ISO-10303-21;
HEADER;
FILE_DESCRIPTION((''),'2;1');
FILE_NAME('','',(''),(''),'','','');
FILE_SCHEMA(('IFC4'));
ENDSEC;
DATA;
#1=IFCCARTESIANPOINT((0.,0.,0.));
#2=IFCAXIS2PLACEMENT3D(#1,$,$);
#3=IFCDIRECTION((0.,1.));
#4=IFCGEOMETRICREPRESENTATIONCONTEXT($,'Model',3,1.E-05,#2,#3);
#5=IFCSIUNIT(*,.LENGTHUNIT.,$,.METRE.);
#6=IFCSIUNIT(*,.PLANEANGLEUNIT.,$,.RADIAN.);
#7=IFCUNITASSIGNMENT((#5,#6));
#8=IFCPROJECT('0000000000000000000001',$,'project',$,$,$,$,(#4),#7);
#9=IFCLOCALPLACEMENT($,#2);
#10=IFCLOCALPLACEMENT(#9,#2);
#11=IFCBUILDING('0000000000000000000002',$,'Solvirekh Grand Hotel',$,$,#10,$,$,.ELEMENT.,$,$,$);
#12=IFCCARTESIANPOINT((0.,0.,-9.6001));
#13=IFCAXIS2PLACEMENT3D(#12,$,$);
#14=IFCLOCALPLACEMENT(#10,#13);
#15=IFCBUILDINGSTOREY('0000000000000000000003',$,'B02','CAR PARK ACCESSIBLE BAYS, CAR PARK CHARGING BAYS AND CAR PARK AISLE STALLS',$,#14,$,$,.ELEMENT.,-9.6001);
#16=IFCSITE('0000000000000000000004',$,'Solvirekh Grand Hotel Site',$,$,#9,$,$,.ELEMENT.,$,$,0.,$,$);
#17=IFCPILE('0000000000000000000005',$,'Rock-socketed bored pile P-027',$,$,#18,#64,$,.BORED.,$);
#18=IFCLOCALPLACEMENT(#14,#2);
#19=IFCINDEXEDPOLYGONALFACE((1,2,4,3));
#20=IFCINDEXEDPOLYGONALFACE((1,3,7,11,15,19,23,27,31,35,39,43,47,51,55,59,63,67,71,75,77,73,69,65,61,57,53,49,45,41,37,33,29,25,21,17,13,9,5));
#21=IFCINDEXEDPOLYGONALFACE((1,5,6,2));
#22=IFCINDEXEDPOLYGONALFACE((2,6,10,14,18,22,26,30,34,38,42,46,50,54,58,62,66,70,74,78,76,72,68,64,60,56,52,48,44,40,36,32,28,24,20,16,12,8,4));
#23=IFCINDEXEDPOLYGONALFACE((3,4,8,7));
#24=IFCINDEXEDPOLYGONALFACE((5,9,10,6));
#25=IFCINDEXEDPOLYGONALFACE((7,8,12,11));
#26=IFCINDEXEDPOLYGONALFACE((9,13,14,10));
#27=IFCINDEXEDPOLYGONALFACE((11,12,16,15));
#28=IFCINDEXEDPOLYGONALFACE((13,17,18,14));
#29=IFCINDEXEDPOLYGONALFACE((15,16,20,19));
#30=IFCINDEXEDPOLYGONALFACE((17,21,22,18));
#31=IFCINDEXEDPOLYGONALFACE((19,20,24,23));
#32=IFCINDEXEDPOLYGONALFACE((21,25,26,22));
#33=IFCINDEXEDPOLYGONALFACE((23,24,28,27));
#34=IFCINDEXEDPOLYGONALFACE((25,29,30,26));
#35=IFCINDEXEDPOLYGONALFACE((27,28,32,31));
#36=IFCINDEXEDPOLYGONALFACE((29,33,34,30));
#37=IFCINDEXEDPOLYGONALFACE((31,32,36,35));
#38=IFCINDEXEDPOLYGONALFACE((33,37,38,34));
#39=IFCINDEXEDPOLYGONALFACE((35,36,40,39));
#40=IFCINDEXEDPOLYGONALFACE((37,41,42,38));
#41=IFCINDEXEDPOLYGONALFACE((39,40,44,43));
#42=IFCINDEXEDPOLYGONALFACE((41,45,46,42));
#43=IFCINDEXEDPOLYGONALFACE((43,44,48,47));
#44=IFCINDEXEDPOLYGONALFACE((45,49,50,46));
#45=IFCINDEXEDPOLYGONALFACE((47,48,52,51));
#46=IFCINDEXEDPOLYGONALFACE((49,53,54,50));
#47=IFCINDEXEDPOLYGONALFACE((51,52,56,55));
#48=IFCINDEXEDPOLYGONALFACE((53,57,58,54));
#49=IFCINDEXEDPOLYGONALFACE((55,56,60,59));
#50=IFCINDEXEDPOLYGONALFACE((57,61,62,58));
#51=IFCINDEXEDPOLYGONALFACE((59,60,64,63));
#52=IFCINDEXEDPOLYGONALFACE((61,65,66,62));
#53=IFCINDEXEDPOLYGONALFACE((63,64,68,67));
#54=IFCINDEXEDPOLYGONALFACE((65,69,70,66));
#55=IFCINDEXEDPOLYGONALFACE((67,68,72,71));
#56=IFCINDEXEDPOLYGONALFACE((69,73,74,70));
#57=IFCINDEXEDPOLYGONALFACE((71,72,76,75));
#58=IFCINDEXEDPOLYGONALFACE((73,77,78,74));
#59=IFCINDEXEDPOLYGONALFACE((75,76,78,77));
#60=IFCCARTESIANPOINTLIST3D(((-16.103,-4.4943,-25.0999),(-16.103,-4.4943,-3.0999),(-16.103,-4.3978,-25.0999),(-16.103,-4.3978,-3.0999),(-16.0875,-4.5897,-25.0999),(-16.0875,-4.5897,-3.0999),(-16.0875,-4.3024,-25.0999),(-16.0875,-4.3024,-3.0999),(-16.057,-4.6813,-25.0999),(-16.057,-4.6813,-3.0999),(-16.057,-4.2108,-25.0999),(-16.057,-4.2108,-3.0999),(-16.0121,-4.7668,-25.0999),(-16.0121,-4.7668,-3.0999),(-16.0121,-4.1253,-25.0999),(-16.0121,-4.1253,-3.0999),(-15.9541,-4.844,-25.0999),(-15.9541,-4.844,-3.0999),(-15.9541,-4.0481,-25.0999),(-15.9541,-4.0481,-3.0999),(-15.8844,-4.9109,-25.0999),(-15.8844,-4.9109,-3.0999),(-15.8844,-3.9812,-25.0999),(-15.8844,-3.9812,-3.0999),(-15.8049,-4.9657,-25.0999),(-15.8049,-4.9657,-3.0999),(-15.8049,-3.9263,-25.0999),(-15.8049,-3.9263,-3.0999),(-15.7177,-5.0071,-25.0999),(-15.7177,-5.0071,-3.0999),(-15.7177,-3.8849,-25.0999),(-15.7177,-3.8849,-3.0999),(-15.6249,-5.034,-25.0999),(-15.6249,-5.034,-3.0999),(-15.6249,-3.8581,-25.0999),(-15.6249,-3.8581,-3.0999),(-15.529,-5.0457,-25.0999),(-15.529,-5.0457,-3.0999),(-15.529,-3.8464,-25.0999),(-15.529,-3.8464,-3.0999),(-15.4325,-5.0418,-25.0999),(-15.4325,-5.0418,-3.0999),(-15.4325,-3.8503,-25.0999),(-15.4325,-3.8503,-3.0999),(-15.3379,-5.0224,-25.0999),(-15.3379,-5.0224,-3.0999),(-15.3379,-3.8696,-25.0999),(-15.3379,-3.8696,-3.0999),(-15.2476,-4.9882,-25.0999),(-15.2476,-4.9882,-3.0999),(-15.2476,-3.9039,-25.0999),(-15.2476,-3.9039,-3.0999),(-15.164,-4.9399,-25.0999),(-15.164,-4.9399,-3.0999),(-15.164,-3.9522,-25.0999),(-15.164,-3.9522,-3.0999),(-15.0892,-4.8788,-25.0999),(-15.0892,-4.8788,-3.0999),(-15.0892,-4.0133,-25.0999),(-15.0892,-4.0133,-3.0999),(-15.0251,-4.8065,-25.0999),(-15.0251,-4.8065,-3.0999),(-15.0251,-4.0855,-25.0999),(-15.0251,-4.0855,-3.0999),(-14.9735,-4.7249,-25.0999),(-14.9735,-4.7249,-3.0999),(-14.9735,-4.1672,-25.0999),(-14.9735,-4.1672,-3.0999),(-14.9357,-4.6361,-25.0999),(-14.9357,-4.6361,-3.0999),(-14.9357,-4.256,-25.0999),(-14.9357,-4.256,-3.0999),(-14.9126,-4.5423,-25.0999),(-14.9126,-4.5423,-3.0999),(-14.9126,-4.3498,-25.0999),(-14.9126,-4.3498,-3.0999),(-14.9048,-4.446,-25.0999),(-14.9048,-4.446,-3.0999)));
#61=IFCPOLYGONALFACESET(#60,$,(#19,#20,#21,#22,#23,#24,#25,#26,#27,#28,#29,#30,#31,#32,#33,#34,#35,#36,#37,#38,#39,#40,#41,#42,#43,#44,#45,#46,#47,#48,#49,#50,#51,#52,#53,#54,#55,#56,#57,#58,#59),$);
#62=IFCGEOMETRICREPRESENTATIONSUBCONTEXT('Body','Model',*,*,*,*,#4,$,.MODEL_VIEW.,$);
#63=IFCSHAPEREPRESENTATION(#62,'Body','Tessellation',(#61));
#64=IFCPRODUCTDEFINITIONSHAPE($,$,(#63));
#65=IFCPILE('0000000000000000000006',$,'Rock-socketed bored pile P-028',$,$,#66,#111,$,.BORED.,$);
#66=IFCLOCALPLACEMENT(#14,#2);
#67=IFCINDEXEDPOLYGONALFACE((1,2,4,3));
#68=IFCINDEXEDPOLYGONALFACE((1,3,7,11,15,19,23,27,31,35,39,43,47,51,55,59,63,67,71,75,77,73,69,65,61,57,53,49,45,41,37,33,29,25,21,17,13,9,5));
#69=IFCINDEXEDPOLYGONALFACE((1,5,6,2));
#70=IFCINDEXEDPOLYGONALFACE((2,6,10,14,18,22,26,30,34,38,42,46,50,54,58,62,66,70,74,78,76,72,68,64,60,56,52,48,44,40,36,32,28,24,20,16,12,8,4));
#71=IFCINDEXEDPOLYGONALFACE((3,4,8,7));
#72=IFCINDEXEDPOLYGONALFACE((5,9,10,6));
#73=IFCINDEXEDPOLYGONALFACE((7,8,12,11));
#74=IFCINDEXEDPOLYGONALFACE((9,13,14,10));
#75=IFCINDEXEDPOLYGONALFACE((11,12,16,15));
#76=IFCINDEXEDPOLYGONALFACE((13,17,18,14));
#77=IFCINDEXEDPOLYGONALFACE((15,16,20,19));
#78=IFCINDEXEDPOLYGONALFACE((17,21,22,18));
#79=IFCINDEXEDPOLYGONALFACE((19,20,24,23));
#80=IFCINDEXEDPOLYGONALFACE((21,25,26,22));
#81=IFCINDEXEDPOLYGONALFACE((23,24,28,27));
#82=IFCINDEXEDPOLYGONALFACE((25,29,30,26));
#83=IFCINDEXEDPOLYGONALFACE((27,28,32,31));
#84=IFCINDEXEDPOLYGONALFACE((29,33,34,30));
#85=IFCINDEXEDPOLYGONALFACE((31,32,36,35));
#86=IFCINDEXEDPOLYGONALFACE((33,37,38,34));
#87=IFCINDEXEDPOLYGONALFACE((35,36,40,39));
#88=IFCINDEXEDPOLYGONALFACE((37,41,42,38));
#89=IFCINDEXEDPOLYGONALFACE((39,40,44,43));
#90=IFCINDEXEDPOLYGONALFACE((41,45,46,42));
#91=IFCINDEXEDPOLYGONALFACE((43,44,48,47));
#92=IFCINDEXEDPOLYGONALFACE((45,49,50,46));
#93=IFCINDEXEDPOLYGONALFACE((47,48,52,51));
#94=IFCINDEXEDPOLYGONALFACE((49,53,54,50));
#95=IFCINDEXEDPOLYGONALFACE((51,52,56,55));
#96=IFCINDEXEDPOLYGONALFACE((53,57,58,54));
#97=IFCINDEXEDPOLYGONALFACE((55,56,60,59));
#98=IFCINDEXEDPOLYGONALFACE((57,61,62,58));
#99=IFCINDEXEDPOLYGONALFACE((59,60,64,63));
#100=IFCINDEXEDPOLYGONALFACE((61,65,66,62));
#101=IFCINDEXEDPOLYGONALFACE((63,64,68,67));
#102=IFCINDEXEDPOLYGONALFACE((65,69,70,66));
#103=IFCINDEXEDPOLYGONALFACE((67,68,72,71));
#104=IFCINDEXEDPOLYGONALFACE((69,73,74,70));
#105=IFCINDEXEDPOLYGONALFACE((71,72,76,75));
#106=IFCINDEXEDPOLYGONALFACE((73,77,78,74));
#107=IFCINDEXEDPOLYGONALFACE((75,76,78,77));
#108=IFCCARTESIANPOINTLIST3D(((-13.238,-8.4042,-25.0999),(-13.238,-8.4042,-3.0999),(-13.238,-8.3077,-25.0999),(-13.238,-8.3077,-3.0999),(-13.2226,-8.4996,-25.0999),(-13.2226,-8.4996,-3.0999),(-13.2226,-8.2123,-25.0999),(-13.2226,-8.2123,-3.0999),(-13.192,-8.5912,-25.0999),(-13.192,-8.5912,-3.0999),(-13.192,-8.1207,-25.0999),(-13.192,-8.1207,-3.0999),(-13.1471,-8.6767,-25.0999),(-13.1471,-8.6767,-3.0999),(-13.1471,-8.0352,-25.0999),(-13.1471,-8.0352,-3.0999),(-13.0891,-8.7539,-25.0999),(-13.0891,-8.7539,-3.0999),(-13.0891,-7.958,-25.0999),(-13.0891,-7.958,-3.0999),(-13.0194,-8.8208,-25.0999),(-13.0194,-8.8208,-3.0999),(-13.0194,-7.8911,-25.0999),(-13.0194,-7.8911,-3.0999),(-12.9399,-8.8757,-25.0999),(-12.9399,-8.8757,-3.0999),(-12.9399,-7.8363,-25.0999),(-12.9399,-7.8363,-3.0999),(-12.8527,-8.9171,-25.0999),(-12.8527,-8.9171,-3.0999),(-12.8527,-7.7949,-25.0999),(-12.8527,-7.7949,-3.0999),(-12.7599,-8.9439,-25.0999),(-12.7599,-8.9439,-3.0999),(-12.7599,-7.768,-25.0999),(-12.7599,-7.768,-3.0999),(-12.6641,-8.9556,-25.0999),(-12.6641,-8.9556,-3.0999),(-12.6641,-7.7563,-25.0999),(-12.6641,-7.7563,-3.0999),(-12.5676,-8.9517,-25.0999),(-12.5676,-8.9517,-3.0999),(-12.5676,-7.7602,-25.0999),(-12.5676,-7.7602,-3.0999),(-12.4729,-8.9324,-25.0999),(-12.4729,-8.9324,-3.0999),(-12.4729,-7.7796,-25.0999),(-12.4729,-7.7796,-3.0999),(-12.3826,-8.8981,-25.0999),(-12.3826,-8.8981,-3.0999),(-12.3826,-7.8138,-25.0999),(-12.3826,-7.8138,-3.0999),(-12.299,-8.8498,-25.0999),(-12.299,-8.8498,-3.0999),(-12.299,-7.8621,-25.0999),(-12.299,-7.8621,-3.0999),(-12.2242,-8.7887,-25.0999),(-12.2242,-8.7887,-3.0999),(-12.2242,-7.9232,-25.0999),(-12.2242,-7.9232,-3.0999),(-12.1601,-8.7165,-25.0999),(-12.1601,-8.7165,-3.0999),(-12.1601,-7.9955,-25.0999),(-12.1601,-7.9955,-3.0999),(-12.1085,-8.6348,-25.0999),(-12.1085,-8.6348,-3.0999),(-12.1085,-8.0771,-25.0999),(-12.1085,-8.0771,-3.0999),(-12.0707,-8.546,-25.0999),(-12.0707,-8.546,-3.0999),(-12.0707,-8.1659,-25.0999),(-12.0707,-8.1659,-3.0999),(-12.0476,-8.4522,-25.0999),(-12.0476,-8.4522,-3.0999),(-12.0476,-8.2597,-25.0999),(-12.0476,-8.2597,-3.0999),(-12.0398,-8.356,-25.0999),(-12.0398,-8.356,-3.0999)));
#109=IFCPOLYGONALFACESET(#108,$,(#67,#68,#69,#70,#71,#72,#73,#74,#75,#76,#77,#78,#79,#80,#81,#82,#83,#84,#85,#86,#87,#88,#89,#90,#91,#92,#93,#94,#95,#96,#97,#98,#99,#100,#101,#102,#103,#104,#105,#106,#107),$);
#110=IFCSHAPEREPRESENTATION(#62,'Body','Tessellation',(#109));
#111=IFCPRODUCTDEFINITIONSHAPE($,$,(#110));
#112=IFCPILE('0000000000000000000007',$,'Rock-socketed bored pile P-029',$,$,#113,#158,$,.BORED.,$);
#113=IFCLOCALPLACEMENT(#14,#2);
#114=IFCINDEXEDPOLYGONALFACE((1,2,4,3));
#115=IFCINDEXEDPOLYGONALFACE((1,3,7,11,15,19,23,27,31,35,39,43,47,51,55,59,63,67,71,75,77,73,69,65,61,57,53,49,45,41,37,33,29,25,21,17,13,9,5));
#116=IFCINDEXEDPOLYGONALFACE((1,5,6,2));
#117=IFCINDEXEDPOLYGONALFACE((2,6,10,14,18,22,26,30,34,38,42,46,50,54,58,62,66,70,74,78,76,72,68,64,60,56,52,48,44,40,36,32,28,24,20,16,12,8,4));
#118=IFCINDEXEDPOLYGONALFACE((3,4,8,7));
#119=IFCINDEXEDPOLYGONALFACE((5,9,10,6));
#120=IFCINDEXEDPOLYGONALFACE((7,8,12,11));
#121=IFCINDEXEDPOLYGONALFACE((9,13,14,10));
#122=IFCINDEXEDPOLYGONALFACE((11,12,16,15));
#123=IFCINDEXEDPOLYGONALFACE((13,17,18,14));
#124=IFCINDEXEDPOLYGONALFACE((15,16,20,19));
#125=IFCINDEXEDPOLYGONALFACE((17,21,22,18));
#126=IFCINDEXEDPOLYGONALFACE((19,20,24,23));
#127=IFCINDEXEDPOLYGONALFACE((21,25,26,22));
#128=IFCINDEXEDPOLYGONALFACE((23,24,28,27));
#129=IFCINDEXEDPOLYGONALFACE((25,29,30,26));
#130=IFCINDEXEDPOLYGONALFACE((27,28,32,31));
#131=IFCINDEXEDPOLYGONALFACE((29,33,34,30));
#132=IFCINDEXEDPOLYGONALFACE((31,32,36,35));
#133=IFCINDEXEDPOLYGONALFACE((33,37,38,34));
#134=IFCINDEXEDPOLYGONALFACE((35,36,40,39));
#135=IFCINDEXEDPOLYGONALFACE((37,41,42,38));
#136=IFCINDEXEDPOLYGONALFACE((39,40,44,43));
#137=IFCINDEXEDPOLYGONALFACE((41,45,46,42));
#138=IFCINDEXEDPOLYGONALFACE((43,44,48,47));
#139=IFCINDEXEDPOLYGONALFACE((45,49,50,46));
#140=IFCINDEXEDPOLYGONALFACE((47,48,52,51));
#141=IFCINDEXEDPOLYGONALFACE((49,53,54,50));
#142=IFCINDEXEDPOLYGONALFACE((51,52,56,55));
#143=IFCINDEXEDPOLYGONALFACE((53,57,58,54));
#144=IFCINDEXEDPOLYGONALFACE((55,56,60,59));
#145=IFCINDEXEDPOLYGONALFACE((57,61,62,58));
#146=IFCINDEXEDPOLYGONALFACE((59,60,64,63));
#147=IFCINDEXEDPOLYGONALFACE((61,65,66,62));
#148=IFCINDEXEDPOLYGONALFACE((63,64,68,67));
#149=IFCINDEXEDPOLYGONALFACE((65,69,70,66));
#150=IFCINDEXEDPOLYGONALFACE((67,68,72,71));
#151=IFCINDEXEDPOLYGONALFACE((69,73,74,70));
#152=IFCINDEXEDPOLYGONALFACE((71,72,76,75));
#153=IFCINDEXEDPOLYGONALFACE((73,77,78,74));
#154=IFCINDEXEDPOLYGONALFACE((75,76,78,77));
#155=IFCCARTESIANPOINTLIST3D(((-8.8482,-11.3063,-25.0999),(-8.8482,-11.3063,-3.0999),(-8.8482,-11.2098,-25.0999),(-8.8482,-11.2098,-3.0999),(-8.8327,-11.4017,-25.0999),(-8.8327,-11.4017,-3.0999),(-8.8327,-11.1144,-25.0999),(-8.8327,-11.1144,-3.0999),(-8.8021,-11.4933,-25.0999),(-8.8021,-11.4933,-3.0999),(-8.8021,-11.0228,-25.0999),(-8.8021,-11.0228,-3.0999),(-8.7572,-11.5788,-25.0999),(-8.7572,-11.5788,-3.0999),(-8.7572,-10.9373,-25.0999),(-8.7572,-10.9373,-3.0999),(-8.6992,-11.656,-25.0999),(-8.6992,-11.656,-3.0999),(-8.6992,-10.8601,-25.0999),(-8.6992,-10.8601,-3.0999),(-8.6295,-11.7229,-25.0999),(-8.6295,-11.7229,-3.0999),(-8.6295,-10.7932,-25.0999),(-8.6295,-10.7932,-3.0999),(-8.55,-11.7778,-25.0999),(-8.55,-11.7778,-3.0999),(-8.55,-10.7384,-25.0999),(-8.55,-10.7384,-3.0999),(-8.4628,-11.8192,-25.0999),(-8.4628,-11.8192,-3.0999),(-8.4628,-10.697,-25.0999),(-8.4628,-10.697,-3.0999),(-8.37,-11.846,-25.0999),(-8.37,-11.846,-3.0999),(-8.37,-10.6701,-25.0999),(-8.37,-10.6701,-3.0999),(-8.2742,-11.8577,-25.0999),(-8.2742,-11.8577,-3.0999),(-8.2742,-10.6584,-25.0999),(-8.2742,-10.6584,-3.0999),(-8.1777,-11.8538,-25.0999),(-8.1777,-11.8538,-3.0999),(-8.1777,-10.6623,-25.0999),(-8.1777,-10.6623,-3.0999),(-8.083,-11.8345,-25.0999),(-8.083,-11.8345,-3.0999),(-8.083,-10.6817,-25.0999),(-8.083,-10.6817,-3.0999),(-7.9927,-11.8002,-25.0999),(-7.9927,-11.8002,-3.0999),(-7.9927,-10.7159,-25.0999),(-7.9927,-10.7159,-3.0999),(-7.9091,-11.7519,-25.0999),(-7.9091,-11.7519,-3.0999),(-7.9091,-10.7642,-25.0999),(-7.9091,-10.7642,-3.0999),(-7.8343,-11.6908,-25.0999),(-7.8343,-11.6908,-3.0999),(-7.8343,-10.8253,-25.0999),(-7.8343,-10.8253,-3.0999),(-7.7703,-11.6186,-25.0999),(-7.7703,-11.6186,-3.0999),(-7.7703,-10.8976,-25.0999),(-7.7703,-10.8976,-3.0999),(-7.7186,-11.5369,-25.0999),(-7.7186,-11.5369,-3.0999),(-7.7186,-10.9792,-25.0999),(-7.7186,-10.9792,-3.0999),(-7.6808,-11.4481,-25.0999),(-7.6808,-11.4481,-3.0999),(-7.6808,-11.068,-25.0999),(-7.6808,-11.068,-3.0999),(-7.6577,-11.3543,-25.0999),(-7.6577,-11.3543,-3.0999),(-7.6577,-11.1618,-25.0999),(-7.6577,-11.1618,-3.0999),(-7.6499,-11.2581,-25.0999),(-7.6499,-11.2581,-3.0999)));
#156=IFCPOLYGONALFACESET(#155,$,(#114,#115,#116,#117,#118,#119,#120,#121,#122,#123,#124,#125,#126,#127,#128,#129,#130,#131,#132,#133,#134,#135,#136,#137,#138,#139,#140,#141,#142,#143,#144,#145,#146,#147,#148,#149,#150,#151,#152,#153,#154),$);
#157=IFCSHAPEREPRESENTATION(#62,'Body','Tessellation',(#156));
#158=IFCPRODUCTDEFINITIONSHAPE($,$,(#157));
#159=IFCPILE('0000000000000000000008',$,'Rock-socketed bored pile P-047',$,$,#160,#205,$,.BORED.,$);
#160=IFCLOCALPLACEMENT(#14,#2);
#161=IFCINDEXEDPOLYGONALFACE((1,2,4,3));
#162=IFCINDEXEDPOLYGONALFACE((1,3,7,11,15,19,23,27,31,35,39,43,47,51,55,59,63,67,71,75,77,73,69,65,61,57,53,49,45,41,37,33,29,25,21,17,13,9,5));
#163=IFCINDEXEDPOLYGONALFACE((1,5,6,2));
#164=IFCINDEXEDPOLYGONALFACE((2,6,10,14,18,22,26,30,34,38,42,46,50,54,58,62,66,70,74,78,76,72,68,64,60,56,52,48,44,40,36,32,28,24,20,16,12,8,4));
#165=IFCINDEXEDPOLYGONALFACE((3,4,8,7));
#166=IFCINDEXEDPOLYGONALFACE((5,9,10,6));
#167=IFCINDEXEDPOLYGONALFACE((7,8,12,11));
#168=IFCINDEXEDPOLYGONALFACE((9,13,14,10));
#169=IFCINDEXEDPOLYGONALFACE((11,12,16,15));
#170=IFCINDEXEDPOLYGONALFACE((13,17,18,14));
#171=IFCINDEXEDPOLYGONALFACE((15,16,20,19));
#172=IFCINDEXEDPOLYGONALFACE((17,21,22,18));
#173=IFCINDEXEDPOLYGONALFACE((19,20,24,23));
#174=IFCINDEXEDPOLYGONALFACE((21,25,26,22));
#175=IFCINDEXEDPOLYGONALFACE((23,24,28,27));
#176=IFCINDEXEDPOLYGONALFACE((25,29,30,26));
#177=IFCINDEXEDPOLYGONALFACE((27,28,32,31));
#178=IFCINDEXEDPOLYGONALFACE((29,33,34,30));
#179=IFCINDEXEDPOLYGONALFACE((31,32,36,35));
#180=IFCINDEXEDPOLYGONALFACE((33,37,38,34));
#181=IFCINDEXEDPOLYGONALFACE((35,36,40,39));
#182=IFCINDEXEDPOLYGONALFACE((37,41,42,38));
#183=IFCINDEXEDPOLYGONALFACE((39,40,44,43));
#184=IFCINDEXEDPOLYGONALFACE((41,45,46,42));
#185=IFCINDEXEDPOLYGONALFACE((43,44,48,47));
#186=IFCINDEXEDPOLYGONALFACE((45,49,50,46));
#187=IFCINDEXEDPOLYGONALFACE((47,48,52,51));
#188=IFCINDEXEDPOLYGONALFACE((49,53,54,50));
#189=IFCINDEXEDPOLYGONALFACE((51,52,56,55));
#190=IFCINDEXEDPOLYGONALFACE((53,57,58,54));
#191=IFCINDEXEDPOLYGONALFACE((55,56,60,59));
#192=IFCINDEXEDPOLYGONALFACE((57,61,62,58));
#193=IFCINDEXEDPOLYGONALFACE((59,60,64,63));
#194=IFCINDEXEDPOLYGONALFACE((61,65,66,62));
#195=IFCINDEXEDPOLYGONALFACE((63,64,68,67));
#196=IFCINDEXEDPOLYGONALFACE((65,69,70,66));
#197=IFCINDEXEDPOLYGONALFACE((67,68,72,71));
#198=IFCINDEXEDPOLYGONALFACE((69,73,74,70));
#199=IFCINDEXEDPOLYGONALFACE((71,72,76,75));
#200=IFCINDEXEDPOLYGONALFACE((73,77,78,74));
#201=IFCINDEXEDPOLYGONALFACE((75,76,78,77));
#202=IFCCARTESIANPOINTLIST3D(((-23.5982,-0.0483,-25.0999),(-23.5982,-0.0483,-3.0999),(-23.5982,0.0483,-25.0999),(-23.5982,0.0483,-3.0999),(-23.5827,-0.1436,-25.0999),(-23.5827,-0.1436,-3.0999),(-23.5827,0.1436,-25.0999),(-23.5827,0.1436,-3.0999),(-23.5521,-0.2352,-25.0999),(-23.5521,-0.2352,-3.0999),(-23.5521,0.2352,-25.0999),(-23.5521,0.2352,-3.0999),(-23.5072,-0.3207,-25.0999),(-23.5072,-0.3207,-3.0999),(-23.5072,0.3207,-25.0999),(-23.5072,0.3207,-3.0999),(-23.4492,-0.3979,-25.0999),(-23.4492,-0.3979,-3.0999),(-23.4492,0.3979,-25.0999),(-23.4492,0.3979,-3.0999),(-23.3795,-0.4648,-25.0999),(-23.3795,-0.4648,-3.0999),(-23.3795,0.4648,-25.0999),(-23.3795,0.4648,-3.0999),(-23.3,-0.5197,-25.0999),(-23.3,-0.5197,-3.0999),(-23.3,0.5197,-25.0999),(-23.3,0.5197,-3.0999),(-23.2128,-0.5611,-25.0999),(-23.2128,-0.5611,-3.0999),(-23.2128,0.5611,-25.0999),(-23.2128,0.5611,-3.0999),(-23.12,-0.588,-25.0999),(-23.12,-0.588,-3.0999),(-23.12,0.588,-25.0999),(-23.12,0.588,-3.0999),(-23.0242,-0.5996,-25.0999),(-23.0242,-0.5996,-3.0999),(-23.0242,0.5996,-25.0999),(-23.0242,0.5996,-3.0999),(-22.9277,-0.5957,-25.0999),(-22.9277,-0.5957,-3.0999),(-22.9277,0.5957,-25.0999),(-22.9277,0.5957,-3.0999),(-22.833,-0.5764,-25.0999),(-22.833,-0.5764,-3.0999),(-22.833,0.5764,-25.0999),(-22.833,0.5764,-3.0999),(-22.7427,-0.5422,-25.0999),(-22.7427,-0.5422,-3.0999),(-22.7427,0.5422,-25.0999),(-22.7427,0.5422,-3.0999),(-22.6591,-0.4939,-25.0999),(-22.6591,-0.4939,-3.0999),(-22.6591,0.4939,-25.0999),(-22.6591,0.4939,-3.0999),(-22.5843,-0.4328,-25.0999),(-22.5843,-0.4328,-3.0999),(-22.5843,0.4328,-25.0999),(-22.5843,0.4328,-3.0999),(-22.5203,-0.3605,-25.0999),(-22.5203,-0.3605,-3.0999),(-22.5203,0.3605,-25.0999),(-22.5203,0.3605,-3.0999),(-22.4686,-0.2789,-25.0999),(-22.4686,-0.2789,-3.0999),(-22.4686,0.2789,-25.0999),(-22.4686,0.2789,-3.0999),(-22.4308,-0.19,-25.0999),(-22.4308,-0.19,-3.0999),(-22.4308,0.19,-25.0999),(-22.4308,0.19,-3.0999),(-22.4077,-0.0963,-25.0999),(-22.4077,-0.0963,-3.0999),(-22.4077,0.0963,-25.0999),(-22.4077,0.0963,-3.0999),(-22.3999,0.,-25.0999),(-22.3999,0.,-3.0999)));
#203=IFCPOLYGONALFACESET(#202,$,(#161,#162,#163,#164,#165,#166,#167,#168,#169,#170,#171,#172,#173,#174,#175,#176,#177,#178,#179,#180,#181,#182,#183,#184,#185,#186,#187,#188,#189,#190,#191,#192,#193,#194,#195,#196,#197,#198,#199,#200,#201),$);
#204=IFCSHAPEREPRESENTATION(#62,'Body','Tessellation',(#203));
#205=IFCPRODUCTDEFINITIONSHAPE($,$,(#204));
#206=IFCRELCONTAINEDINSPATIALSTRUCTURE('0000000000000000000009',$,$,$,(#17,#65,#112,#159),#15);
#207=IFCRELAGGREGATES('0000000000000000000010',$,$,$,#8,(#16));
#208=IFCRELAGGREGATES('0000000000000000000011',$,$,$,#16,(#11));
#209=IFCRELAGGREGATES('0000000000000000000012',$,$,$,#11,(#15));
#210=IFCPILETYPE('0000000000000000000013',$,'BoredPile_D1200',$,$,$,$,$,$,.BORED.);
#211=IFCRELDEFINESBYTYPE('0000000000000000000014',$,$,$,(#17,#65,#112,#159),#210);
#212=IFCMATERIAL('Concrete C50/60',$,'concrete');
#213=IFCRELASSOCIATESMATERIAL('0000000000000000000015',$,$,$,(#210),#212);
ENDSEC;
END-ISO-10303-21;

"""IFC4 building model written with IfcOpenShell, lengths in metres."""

from ifc_helpers import new_model, si_unit, direction, frame, origin, origin_2d, place, context, subcontext, project, spatial, circle, extrude, material, material_profile, profile_set, type_object, element, save


model = new_model("IFC4")

# Units and contexts
model_context = context("Model", 3, precision=1e-05, world=origin(), true_north=direction((0.0, 1.0)))
body_context = subcontext(model_context, "Body", "Model", "MODEL_VIEW")
ifc_project = project(units=[si_unit("LENGTHUNIT", "METRE"), si_unit("PLANEANGLEUNIT", "RADIAN")], contexts=[model_context])

# Site, building, storey
site_placement = place(None, origin())
site = spatial("IfcSite", under=ifc_project, at=site_placement, Name="Solvirekh Grand Hotel Site", CompositionType="ELEMENT", RefElevation=0.0)
building_placement = place(site_placement, origin())
building = spatial("IfcBuilding", under=site, at=building_placement, Name="Solvirekh Grand Hotel", CompositionType="ELEMENT")
storey_placement = place(building_placement, frame((0.0, 0.0, -9.6001)))
storey = spatial("IfcBuildingStorey", under=building, at=storey_placement, Name="B02", Description="CAR PARK ACCESSIBLE BAYS, CAR PARK CHARGING BAYS AND CAR PARK AISLE STALLS", CompositionType="ELEMENT", Elevation=-9.6001)

# Piles
ifc_material_1 = material(Name="Concrete C50/60", Category="concrete")
ifc_material_profile_1 = material_profile(ifc_material_1, circle(Radius=0.6001, at=origin_2d()), Name="BORED PILE D1200")
ifc_profile_set_1 = profile_set([ifc_material_profile_1], Name="Concrete C50/60")
pile_type_1 = type_object("IfcPileType", Name="BoredPile_D1200", PredefinedType="BORED", material=ifc_profile_set_1)
for number, where, z_axis, x_axis, name in (
    (1, (-15.5049, -4.446, -3.0999), (0.0, 0.0, -1.0), (1.0, 0.0, 0.0), "Rock-socketed bored pile P-027"),
    (2, (-12.6399, -8.356, -3.0999), (0.0, 0.0, -1.0), (1.0, 0.0, 0.0), "Rock-socketed bored pile P-028"),
    (3, (-8.25, -11.2581, -3.0999), (0.0, 0.0, -1.0), (1.0, 0.0, 0.0), "Rock-socketed bored pile P-029"),
    (4, (-23.0, 0.0, -3.0999), (0.0, 0.0, -1.0), (1.0, 0.0, 0.0), "Rock-socketed bored pile P-047"),
):
    element("IfcPile", number, at=place(storey_placement, frame(where, z_axis=z_axis, x_axis=x_axis)), inside=storey, type_object=pile_type_1, Name=name, PredefinedType="BORED", context=body_context, shape_type="SweptSolid", body=[
        extrude(circle(Radius=0.6001, at=origin_2d()), origin(), (0.0, 0.0, 1.0), 22.0),
    ])

save(model, "model.ifc")
